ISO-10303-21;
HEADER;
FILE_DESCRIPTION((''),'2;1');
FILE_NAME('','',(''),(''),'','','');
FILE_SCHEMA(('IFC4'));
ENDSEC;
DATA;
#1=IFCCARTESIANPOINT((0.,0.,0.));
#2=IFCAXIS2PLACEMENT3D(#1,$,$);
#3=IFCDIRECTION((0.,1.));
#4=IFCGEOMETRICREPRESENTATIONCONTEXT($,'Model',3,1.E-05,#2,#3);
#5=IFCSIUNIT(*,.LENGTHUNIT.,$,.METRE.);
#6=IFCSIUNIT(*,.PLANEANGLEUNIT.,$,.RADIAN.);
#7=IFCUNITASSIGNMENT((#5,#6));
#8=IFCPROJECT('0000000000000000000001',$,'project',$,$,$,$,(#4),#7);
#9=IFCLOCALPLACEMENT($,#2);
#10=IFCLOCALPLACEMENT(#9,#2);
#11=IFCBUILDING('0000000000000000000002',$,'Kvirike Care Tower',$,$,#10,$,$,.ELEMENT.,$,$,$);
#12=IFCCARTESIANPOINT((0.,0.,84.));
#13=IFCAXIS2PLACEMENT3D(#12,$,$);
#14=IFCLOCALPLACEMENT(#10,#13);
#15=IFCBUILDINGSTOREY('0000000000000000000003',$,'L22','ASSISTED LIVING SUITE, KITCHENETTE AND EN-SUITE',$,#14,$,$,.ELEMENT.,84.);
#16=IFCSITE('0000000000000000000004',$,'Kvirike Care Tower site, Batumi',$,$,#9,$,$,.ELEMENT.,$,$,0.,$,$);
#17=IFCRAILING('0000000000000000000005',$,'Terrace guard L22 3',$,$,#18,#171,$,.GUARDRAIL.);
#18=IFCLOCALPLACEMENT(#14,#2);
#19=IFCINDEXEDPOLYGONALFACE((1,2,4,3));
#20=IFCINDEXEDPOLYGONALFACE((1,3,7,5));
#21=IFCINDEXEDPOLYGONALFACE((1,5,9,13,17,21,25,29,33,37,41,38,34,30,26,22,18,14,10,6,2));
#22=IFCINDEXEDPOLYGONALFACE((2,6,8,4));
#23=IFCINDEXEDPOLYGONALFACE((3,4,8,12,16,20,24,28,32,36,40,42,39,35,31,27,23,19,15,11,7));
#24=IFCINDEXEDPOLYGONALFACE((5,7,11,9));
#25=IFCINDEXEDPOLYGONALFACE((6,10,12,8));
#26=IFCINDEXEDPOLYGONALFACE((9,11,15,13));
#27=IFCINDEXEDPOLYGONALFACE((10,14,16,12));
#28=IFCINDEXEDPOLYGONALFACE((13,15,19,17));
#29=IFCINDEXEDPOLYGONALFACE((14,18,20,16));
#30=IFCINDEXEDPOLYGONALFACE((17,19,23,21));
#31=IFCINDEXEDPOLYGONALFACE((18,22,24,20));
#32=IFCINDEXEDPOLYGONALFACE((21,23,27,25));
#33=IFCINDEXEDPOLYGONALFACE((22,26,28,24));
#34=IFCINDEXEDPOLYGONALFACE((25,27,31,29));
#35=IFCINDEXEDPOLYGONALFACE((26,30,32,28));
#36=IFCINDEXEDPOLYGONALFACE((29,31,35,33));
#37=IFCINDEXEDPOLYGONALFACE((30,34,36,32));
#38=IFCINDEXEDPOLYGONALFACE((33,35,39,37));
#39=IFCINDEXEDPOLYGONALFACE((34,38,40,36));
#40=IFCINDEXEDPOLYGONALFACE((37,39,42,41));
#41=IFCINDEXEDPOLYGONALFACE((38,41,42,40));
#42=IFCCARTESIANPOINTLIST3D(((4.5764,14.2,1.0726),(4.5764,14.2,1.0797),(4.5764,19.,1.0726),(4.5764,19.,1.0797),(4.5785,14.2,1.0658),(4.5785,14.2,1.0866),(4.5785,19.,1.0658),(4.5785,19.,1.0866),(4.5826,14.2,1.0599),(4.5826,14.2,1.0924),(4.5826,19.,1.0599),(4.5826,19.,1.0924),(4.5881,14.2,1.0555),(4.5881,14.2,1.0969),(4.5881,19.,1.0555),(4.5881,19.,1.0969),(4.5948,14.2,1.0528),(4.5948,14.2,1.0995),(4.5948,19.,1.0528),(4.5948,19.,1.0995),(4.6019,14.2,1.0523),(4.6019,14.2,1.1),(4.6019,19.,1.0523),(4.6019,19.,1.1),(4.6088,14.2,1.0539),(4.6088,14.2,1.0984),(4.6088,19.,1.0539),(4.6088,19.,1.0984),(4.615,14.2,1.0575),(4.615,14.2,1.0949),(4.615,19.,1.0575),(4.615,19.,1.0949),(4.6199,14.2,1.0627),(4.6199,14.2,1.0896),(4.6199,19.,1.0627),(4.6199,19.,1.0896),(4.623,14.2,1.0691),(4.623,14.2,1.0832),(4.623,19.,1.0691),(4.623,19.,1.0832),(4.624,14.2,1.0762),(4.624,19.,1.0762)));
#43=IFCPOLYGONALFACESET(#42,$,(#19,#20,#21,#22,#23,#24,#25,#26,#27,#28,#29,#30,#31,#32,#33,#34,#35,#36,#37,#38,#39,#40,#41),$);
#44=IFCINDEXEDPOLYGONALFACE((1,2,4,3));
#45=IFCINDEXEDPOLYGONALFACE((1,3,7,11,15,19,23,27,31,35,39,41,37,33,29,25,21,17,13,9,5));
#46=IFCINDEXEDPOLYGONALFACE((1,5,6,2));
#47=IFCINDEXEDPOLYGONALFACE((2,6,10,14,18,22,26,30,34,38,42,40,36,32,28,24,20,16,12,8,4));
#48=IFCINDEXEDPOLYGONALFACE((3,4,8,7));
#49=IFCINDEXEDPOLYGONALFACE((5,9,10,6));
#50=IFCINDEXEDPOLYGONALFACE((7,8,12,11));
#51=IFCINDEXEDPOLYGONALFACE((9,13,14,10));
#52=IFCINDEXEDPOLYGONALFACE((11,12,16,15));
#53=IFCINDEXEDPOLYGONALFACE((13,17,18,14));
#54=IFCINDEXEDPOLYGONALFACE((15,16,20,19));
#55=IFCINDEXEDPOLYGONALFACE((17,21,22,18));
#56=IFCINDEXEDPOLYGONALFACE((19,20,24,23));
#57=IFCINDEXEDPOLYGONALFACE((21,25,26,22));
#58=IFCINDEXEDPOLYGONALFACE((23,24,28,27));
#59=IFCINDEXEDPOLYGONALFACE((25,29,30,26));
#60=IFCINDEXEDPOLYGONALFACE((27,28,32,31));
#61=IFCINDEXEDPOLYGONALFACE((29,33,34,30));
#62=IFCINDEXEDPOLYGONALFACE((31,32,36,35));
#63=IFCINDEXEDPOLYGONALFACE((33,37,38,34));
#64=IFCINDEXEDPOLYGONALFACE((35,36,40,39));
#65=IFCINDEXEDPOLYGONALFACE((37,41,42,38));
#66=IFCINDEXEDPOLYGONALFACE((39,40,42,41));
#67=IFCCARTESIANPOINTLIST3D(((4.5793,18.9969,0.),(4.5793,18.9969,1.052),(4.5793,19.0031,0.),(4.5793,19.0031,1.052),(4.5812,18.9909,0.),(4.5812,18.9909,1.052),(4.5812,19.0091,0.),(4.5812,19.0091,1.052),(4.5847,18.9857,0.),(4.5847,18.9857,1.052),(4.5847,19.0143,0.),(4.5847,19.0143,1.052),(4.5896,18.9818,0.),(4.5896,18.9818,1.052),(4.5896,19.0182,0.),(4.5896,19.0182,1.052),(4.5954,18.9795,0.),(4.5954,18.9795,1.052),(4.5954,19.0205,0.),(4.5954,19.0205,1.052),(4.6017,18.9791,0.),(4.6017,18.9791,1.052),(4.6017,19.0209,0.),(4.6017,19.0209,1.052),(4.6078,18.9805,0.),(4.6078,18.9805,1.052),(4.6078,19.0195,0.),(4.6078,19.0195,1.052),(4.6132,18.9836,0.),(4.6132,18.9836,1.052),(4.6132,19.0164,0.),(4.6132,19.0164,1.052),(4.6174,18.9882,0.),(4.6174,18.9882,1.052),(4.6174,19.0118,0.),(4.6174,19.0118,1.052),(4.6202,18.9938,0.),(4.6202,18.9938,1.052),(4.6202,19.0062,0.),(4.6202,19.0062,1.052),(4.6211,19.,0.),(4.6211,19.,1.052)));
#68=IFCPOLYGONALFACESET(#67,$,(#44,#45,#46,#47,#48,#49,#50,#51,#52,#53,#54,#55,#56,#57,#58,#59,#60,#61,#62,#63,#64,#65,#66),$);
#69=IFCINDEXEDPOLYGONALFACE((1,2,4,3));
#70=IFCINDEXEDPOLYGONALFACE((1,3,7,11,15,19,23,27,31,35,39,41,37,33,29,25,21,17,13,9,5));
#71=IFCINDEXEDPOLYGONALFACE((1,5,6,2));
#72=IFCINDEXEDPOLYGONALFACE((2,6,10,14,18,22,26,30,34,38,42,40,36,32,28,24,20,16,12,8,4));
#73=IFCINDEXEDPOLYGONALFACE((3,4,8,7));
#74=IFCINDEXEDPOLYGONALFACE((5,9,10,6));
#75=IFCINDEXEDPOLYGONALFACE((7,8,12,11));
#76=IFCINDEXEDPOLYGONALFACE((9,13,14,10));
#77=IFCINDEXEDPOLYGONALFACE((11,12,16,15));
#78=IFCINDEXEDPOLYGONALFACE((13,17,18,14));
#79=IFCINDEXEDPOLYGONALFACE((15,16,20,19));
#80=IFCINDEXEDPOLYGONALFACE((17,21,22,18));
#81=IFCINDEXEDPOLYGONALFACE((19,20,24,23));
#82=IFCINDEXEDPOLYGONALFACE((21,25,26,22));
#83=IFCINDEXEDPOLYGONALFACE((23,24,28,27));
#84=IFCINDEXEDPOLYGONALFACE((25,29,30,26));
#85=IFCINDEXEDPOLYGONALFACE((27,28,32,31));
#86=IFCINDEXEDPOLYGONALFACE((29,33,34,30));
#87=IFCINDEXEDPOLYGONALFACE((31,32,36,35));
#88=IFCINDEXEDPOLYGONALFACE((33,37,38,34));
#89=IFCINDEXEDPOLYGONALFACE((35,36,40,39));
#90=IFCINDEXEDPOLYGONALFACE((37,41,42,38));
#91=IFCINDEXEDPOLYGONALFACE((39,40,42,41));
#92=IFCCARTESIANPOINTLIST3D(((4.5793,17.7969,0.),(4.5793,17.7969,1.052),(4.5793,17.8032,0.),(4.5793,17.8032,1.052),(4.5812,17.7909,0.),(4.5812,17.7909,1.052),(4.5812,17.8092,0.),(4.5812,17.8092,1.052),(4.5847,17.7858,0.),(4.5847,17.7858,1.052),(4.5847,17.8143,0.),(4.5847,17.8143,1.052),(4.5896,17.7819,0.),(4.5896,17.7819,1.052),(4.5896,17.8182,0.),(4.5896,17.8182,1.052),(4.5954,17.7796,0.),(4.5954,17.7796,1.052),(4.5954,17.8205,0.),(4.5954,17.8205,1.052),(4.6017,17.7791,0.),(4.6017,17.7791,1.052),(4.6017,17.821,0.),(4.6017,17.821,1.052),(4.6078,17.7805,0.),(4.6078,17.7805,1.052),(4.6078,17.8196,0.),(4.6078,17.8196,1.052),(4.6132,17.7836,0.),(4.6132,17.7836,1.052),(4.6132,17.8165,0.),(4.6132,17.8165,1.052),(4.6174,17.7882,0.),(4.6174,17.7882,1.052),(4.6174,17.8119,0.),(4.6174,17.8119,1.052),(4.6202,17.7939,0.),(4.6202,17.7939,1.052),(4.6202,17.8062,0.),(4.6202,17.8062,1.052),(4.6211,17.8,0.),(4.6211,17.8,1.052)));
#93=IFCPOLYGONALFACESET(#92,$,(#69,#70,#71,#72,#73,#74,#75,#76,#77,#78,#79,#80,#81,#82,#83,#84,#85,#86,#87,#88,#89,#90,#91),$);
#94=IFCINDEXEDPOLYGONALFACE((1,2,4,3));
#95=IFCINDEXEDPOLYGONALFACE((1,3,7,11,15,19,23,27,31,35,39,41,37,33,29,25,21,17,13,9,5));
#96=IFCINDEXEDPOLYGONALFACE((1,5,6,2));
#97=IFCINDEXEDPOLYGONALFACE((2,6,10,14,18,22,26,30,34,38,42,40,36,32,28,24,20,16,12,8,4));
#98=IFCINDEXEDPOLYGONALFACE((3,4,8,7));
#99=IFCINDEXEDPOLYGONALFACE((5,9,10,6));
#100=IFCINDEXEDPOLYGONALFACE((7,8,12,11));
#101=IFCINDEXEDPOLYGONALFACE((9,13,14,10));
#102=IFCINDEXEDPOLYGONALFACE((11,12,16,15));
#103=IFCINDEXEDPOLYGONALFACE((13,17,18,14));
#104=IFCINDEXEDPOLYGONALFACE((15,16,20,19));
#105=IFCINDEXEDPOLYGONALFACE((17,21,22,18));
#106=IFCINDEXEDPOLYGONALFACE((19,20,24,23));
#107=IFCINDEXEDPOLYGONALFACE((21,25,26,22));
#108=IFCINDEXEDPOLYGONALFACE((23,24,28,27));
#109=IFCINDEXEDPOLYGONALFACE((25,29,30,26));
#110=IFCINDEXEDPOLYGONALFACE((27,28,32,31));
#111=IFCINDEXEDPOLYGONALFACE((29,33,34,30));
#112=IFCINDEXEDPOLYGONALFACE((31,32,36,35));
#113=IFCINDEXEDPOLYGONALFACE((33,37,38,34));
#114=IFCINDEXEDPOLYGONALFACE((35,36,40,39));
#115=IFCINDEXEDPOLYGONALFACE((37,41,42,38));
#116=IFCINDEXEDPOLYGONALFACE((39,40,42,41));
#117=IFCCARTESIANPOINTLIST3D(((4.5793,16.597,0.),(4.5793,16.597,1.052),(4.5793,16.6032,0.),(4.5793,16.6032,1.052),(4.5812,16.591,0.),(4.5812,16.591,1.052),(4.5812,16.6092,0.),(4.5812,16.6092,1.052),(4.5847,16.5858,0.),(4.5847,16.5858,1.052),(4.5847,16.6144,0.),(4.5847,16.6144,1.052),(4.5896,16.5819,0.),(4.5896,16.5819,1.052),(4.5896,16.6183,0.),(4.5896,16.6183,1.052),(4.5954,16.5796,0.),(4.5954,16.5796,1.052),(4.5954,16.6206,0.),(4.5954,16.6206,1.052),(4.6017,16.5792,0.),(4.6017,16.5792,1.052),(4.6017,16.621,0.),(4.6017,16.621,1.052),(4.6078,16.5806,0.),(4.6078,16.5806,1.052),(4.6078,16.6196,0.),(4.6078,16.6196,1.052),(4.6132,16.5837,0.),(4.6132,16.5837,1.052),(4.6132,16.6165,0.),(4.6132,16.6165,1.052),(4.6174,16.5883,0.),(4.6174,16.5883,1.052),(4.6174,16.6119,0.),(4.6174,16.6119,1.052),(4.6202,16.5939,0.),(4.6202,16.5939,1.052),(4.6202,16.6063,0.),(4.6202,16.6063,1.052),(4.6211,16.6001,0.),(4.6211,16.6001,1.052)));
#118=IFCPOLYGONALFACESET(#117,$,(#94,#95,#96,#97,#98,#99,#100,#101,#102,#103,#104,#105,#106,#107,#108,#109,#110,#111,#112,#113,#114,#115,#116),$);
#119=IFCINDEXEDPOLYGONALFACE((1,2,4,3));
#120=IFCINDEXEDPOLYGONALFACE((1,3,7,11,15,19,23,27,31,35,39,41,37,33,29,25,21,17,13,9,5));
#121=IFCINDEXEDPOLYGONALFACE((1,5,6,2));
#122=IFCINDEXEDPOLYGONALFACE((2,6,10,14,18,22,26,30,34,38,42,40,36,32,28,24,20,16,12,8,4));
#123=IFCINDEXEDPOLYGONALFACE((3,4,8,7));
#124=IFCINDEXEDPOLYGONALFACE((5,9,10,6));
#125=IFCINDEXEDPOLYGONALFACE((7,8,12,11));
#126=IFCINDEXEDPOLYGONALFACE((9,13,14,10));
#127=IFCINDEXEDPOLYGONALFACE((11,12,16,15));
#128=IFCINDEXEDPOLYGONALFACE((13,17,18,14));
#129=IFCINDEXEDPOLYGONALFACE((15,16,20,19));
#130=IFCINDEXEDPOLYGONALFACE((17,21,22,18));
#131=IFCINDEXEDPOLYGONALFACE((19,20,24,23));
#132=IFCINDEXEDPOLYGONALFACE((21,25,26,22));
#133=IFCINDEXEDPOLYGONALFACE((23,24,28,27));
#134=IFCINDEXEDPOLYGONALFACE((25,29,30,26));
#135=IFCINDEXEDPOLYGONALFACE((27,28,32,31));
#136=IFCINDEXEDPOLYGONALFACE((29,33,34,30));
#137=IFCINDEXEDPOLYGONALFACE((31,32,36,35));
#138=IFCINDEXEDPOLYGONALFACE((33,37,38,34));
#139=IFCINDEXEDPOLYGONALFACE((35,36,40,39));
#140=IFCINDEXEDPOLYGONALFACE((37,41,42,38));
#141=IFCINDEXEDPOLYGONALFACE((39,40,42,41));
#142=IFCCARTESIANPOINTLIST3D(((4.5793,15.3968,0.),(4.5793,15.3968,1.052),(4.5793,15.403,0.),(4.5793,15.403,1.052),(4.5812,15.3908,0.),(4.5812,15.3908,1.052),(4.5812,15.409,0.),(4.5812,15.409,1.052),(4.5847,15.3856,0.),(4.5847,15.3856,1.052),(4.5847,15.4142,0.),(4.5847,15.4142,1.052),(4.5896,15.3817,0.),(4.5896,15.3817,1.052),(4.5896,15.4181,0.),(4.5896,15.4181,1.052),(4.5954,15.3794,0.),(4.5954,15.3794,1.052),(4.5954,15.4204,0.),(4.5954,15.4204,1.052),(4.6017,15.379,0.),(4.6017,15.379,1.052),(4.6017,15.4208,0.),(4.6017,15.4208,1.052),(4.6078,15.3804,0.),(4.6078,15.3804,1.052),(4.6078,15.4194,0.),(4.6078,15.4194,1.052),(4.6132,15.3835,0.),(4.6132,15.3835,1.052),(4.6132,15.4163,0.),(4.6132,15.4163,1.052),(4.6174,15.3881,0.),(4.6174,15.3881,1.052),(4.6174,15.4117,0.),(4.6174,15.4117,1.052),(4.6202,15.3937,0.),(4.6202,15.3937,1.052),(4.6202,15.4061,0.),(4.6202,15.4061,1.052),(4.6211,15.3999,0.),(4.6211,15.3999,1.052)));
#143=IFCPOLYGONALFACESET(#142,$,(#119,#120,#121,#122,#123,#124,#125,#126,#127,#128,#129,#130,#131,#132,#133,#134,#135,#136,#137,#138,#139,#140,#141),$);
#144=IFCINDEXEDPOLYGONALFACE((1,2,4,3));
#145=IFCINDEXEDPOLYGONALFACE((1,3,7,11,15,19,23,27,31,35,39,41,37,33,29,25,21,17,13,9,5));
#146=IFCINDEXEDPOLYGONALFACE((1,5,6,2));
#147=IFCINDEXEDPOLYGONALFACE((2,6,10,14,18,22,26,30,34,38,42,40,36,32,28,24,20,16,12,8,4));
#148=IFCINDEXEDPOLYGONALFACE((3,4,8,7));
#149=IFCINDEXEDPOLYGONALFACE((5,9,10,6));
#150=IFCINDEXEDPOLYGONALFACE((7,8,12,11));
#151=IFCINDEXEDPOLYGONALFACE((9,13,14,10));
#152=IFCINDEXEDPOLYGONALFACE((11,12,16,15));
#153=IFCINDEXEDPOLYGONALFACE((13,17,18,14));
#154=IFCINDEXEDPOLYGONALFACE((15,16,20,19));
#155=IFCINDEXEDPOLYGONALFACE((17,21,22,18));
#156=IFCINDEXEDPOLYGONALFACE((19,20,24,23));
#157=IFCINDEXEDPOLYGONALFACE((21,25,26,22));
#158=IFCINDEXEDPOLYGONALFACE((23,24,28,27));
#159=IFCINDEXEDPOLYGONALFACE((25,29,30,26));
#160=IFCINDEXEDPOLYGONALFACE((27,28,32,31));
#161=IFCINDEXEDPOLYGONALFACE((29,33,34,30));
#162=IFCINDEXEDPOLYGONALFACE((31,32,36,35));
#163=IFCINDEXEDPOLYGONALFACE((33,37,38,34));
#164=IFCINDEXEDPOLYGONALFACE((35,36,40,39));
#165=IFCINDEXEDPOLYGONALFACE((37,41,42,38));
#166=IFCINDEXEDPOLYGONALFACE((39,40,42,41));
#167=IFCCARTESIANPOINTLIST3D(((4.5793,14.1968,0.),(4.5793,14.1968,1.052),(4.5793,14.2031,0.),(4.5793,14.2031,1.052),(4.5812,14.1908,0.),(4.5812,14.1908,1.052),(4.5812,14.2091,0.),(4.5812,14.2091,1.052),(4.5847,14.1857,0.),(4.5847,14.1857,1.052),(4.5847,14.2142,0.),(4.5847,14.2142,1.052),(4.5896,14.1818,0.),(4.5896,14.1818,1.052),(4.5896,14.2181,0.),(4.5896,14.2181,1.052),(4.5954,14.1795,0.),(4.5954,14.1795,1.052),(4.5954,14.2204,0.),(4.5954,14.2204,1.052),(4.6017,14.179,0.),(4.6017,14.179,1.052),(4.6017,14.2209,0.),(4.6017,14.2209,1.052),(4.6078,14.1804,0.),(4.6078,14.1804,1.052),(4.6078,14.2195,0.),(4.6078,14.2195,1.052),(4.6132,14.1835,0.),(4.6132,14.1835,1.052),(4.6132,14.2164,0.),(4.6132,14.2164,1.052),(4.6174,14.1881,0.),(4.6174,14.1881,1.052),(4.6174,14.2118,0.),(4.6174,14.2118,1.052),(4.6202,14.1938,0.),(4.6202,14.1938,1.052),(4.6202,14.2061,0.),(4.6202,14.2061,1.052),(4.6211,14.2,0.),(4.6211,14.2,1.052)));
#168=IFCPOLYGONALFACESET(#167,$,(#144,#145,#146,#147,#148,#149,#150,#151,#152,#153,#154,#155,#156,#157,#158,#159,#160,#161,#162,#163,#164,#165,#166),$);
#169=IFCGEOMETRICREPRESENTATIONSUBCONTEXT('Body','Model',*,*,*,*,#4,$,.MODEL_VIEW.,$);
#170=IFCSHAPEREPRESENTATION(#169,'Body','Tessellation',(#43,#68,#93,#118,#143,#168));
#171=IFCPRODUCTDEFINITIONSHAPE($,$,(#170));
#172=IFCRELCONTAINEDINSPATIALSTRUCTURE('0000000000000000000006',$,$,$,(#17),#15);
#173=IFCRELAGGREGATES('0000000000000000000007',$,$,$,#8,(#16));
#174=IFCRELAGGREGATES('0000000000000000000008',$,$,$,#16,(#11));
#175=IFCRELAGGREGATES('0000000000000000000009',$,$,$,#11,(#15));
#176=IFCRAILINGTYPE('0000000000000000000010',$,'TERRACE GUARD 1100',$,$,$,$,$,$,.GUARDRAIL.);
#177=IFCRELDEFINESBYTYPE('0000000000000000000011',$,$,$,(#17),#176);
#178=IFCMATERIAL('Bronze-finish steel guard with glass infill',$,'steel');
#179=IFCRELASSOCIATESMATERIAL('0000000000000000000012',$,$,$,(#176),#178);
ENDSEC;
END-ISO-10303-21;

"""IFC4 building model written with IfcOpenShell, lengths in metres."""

from ifc_helpers import new_model, si_unit, direction, frame, origin, origin_2d, place, context, subcontext, project, spatial, circle, extrude, material, type_object, element, save


model = new_model("IFC4")

# Units and contexts
model_context = context("Model", 3, precision=1e-05, world=origin(), true_north=direction((0.0, 1.0)))
body_context = subcontext(model_context, "Body", "Model", "MODEL_VIEW")
ifc_project = project(units=[si_unit("LENGTHUNIT", "METRE"), si_unit("PLANEANGLEUNIT", "RADIAN")], contexts=[model_context])

# Site, building, storey
site_placement = place(None, origin())
site = spatial("IfcSite", under=ifc_project, at=site_placement, Name="Kvirike Care Tower site, Batumi", CompositionType="ELEMENT", RefElevation=0.0)
building_placement = place(site_placement, origin())
building = spatial("IfcBuilding", under=site, at=building_placement, Name="Kvirike Care Tower", CompositionType="ELEMENT")
storey_placement = place(building_placement, frame((0.0, 0.0, 84.0)))
storey = spatial("IfcBuildingStorey", under=building, at=storey_placement, Name="L22", Description="ASSISTED LIVING SUITE, KITCHENETTE AND EN-SUITE", CompositionType="ELEMENT", Elevation=84.0)

# Railing
ifc_material_1 = material(Name="Bronze-finish steel guard with glass infill", Category="steel")
railing_type = type_object("IfcRailingType", Name="TERRACE GUARD 1100", PredefinedType="GUARDRAIL", material=ifc_material_1)
railing_placement = place(storey_placement, frame((4.6001, 19.0, 0.0)))
element("IfcRailing", 1, at=railing_placement, inside=storey, type_object=railing_type, Name="Terrace guard L22 3", PredefinedType="GUARDRAIL", context=body_context, shape_type="SweptSolid", body=[
    extrude(circle(Radius=0.0239, at=origin_2d()), frame((0.0, 0.0, 1.0762), z_axis=(0.0, -1.0, 0.0), x_axis=(1.0, 0.0, 0.0)), (0.0, 0.0, 1.0), 4.8),
    extrude(circle(Radius=0.021, at=origin_2d()), origin(), (0.0, 0.0, 1.0), 1.052),
    extrude(circle(Radius=0.021, at=origin_2d()), frame((0.0, -1.2, 0.0)), (0.0, 0.0, 1.0), 1.052),
    extrude(circle(Radius=0.021, at=origin_2d()), frame((0.0, -2.3999, 0.0)), (0.0, 0.0, 1.0), 1.052),
    extrude(circle(Radius=0.021, at=origin_2d()), frame((0.0, -3.6001, 0.0)), (0.0, 0.0, 1.0), 1.052),
    extrude(circle(Radius=0.021, at=origin_2d()), frame((0.0, -4.8, 0.0)), (0.0, 0.0, 1.0), 1.052),
])

save(model, "model.ifc")
